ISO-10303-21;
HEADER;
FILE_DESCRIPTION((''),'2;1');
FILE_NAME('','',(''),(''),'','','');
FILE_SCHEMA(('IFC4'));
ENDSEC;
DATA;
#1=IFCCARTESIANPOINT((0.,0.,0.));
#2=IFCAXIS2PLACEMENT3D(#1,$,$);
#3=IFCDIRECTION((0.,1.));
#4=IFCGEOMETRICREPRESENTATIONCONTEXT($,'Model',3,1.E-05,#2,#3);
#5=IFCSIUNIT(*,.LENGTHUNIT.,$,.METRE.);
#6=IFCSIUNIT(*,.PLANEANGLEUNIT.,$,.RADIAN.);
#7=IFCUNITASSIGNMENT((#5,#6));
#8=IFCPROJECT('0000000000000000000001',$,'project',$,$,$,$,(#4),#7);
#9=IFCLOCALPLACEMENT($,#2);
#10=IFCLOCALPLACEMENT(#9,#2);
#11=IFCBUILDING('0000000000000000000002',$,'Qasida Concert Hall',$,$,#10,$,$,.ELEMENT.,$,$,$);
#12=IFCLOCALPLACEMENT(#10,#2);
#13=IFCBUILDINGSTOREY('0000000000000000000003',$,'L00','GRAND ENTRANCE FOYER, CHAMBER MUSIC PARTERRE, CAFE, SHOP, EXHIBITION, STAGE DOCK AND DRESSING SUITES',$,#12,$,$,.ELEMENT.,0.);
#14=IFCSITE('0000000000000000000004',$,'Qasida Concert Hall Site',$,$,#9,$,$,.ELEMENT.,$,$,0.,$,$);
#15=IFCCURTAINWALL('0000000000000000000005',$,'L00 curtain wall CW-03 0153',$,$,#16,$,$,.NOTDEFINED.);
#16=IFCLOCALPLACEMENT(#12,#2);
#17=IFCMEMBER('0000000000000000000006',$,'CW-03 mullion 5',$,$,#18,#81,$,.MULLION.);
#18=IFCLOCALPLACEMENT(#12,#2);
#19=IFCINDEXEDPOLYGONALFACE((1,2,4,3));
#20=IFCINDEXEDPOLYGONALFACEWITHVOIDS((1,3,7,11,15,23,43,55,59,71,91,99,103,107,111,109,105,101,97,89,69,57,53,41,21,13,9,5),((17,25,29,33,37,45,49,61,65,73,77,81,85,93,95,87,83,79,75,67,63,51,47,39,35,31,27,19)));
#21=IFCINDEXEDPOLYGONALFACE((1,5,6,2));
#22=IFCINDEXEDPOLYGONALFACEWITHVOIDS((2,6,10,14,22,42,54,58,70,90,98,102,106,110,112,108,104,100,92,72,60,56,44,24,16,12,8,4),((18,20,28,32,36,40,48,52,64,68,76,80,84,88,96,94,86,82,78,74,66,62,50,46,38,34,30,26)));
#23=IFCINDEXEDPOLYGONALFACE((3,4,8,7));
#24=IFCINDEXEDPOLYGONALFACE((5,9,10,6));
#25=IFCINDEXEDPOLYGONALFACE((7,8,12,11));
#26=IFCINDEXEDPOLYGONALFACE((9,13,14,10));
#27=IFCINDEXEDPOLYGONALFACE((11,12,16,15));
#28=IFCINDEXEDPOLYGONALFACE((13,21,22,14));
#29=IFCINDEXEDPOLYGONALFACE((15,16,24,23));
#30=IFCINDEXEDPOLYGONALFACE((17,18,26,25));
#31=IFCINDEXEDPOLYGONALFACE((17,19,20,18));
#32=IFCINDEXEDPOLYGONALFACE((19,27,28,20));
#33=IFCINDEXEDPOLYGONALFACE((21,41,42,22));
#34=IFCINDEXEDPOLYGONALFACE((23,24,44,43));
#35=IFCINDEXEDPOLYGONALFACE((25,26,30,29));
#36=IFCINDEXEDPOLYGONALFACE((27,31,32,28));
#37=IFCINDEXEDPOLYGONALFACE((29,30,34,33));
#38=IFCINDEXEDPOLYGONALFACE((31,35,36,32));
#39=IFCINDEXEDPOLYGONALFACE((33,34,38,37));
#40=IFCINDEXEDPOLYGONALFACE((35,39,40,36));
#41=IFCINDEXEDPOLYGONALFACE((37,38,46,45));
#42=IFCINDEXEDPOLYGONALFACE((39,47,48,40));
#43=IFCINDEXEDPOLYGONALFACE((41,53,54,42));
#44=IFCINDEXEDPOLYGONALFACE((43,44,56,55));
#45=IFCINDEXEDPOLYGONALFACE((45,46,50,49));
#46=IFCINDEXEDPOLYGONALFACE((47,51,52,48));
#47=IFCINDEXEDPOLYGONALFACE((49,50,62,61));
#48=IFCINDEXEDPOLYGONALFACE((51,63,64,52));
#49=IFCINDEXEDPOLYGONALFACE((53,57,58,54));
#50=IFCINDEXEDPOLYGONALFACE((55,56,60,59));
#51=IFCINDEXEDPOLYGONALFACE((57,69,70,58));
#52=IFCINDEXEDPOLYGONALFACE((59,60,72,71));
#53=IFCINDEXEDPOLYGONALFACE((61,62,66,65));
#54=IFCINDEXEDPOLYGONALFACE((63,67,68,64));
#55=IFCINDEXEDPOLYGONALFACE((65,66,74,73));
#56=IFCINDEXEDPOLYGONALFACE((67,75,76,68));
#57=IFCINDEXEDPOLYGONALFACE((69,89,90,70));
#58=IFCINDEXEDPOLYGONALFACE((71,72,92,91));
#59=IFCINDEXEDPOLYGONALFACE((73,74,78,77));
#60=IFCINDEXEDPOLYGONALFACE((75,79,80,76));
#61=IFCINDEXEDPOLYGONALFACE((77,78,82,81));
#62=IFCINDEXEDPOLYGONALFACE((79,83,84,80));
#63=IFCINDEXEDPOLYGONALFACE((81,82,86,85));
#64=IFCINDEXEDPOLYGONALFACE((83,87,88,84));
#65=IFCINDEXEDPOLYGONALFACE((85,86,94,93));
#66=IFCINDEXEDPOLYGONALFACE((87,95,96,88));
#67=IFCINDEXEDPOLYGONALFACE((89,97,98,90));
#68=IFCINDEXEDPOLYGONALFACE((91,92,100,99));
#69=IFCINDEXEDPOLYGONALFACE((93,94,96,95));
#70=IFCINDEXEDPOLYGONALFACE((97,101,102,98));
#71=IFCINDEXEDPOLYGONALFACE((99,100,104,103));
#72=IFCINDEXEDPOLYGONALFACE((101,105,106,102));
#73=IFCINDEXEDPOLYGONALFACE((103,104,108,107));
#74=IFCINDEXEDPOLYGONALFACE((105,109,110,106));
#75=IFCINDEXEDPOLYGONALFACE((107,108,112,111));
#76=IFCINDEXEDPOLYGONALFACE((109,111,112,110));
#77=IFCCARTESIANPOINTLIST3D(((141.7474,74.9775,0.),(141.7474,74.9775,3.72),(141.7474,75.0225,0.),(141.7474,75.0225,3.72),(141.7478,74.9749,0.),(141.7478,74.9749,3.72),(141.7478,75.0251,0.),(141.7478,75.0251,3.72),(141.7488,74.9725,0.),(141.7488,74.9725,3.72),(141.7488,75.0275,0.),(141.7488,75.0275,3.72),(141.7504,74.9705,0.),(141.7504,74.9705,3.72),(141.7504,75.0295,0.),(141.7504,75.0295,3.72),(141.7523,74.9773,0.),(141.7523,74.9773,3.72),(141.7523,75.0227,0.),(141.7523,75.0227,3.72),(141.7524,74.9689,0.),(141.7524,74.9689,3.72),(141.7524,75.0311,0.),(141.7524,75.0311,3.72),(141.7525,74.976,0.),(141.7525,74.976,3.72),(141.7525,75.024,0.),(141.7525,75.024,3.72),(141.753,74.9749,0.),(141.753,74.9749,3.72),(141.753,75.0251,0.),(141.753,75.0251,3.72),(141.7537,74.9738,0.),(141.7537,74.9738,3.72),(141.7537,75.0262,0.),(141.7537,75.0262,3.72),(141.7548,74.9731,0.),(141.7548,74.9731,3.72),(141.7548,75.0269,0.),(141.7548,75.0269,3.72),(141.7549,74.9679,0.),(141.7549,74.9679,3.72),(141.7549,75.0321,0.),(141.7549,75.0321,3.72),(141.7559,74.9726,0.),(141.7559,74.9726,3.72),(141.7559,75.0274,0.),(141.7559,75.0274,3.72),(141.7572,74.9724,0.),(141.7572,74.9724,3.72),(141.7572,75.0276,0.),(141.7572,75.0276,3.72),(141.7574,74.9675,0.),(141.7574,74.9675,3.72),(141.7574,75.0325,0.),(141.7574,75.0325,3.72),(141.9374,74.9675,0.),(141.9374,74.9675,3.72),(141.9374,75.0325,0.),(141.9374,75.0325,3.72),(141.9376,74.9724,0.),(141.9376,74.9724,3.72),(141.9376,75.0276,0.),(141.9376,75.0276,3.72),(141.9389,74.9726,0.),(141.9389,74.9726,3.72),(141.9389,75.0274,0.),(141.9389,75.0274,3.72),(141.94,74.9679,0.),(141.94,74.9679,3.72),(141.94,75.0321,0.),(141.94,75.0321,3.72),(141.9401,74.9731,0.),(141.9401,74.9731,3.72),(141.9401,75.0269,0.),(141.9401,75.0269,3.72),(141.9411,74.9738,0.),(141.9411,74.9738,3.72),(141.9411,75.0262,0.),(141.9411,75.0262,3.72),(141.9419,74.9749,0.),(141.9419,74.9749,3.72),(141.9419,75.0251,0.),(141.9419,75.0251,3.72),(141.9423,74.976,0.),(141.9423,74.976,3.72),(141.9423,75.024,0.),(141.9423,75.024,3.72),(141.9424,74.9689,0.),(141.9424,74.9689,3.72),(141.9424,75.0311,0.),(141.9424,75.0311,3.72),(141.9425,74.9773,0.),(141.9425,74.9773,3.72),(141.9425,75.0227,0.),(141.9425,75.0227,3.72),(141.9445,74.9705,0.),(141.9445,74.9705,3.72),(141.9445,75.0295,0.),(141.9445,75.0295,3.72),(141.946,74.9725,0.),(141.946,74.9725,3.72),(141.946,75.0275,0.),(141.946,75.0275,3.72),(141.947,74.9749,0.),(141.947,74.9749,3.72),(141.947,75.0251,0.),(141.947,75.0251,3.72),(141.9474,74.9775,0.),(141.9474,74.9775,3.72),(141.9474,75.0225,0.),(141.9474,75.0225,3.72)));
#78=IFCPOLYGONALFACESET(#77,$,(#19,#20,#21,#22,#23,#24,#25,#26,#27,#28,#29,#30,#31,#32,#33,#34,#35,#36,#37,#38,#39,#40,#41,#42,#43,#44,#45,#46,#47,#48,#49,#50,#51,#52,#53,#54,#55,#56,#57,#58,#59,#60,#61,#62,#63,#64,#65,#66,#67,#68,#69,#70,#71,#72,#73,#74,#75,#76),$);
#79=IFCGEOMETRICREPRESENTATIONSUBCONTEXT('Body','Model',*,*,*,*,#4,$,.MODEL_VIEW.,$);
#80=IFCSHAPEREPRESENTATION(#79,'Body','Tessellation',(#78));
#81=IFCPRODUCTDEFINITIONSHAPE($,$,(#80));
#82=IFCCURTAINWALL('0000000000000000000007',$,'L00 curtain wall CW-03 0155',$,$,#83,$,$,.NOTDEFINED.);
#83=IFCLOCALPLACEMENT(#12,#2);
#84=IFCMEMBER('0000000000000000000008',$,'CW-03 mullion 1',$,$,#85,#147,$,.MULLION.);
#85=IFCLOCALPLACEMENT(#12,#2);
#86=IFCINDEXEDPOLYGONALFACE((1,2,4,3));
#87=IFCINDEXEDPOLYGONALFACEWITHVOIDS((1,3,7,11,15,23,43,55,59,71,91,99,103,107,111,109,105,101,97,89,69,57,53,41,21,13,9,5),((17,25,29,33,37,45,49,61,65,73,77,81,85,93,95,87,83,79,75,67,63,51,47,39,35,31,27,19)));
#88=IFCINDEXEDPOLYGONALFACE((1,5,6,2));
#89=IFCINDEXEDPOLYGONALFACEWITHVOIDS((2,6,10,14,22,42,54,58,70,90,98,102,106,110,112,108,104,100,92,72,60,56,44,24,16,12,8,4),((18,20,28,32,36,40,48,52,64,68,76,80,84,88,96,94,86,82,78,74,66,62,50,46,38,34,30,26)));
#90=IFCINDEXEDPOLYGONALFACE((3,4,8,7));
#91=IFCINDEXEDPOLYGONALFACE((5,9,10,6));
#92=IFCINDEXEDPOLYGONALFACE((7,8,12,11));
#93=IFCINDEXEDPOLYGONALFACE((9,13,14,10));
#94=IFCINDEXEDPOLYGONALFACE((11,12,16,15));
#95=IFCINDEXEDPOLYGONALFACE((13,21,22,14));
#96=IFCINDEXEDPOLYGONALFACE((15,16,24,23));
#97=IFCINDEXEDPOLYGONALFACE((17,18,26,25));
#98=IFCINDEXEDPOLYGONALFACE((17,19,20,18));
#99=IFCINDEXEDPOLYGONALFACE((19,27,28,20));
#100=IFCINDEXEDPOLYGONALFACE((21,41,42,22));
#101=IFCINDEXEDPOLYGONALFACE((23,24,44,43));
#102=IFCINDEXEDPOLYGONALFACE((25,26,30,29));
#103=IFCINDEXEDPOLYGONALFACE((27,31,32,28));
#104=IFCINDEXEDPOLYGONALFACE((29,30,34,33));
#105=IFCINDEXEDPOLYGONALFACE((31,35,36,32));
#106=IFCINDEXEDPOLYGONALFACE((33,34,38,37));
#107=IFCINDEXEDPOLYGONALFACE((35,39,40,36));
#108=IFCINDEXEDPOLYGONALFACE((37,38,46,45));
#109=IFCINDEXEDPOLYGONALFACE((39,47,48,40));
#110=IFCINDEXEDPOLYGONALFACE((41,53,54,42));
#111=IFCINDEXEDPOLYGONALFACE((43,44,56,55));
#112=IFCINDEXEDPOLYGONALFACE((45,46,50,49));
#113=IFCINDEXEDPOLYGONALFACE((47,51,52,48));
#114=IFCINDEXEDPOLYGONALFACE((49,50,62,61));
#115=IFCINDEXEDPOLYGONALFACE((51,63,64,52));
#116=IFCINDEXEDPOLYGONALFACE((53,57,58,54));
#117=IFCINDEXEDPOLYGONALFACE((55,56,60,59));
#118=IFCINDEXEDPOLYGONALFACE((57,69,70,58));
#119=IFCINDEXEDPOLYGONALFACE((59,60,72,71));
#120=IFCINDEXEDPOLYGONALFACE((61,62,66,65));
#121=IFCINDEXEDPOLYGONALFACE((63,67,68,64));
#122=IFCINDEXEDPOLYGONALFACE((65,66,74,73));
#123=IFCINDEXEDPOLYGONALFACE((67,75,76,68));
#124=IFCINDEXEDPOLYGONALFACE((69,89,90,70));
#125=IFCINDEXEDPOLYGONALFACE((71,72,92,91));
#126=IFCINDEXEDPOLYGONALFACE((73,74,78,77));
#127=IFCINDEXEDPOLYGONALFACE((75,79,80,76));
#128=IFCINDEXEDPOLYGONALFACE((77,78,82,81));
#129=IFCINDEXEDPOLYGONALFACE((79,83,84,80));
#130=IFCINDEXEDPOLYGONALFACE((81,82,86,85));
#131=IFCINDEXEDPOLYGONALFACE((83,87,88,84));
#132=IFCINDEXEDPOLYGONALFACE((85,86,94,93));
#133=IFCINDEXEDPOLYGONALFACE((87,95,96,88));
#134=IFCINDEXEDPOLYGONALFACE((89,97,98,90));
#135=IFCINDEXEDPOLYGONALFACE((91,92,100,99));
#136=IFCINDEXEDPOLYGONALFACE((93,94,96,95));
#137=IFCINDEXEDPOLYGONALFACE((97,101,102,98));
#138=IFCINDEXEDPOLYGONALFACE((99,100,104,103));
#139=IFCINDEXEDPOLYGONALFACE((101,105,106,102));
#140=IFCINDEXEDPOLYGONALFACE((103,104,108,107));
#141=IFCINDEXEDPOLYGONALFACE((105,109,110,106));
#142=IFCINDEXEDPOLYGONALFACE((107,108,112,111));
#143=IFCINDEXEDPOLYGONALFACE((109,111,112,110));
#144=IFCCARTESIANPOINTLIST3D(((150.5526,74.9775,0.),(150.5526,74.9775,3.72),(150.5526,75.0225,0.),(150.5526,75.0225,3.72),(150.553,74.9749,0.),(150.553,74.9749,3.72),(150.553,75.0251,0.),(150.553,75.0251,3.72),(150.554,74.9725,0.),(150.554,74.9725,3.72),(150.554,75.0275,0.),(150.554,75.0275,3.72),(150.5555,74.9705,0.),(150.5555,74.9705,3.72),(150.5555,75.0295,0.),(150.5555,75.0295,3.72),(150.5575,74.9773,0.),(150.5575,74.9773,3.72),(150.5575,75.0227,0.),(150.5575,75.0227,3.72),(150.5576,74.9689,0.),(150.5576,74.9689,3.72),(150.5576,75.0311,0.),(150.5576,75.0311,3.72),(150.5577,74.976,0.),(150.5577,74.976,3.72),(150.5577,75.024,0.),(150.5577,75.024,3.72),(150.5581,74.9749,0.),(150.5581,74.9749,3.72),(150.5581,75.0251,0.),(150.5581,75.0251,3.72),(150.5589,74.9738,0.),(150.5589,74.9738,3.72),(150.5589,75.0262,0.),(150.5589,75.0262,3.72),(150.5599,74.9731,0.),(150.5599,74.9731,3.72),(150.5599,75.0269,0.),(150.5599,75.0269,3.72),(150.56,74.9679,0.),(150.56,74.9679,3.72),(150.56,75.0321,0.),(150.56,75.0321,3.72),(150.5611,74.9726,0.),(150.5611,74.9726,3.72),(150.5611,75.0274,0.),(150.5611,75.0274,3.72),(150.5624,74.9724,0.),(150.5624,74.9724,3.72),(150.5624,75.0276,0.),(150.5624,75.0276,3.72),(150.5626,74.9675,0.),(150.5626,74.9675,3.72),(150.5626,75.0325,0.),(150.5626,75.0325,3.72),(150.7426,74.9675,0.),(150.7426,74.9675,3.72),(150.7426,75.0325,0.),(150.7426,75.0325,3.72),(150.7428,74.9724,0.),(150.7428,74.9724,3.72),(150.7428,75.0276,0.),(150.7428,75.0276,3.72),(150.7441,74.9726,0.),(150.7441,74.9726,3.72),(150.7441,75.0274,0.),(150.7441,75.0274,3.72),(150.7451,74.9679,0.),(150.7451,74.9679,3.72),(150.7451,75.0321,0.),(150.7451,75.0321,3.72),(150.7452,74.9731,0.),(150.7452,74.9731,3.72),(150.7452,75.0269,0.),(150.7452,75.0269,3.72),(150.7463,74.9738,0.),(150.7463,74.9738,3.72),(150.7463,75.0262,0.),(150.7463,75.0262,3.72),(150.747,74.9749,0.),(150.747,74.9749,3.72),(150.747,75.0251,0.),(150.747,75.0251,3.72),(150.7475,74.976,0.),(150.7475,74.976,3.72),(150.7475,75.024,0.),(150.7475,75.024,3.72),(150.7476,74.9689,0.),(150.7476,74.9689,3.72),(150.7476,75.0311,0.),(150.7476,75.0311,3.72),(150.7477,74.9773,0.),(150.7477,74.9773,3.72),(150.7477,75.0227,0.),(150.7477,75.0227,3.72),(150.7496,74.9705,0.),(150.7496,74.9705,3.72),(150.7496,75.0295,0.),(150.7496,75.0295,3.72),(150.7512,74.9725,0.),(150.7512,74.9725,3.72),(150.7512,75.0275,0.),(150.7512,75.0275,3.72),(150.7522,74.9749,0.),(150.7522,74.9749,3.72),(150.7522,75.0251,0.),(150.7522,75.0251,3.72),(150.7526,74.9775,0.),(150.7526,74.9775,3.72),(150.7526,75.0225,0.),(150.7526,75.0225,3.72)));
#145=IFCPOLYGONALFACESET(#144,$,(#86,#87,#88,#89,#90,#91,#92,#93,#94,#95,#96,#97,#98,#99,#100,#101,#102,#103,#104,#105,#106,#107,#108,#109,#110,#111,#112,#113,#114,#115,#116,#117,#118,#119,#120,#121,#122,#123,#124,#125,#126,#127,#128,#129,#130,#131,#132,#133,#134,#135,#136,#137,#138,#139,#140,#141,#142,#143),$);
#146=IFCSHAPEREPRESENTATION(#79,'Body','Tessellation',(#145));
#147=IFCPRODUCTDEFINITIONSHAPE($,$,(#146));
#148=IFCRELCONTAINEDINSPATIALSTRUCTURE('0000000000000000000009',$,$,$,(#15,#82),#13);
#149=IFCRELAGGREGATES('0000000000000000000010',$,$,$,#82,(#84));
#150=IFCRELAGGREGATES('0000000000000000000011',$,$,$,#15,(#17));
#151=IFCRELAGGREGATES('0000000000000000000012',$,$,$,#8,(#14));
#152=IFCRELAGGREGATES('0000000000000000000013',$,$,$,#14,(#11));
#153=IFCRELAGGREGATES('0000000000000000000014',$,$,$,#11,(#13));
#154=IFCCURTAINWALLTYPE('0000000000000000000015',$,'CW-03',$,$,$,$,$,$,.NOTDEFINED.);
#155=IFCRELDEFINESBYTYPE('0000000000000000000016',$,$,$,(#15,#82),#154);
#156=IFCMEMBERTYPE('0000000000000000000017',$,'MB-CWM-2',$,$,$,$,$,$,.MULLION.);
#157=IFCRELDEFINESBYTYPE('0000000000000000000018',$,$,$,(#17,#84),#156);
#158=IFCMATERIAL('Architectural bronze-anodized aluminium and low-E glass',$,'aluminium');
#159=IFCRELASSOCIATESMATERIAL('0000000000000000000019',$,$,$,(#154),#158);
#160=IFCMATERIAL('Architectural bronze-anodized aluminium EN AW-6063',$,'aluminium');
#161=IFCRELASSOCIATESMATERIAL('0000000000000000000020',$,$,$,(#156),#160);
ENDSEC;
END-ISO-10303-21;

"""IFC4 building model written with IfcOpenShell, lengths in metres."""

from ifc_helpers import new_model, si_unit, direction, frame, origin, origin_2d, place, context, subcontext, project, spatial, hollow_rectangle, extrude, material, material_profile, profile_set, type_object, element, aggregate, save


model = new_model("IFC4")

# Units and contexts
model_context = context("Model", 3, precision=1e-05, world=origin(), true_north=direction((0.0, 1.0)))
body_context = subcontext(model_context, "Body", "Model", "MODEL_VIEW")
ifc_project = project(units=[si_unit("LENGTHUNIT", "METRE"), si_unit("PLANEANGLEUNIT", "RADIAN")], contexts=[model_context])

# Site, building, storey
site_placement = place(None, origin())
site = spatial("IfcSite", under=ifc_project, at=site_placement, Name="Qasida Concert Hall Site", CompositionType="ELEMENT", RefElevation=0.0)
building_placement = place(site_placement, origin())
building = spatial("IfcBuilding", under=site, at=building_placement, Name="Qasida Concert Hall", CompositionType="ELEMENT")
storey_placement = place(building_placement, origin())
storey = spatial("IfcBuildingStorey", under=building, at=storey_placement, Name="L00", Description="GRAND ENTRANCE FOYER, CHAMBER MUSIC PARTERRE, CAFE, SHOP, EXHIBITION, STAGE DOCK AND DRESSING SUITES", CompositionType="ELEMENT", Elevation=0.0)

# Curtain wall, member
ifc_material_1 = material(Name="Architectural bronze-anodized aluminium and low-E glass", Category="aluminium")
curtain_wall_type = type_object("IfcCurtainWallType", Name="CW-03", PredefinedType="NOTDEFINED", material=ifc_material_1)
curtain_wall_1_placement = place(storey_placement, origin())
curtain_wall_1 = element("IfcCurtainWall", 1, at=curtain_wall_1_placement, inside=storey, type_object=curtain_wall_type, Name="L00 curtain wall CW-03 0153", PredefinedType="NOTDEFINED")
ifc_material_2 = material(Name="Architectural bronze-anodized aluminium EN AW-6063", Category="aluminium")
ifc_material_profile_1 = material_profile(ifc_material_2, hollow_rectangle(XDim=0.0649, YDim=0.2, WallThickness=0.0049, InnerFilletRadius=0.0049, OuterFilletRadius=0.01, at=origin_2d()), Name="CWM 200x65x5")
ifc_profile_set_1 = profile_set([ifc_material_profile_1], Name="Architectural bronze-anodized aluminium EN AW-6063")
member_type_1 = type_object("IfcMemberType", Name="MB-CWM-2", PredefinedType="MULLION", material=ifc_profile_set_1)
member_1_placement = place(storey_placement, frame((141.8474, 75.0, 0.0), z_axis=(0.0, 0.0, 1.0), x_axis=(0.0, 1.0, 0.0)))
member_1 = element("IfcMember", 2, at=member_1_placement, type_object=member_type_1, Name="CW-03 mullion 5", PredefinedType="MULLION", context=body_context, shape_type="SweptSolid", body=[
    extrude(hollow_rectangle(XDim=0.0649, YDim=0.2, WallThickness=0.0049, InnerFilletRadius=0.0049, OuterFilletRadius=0.01, at=origin_2d()), origin(), (0.0, 0.0, 1.0), 3.72),
])

# Curtain wall, member
curtain_wall_2_placement = place(storey_placement, origin())
curtain_wall_2 = element("IfcCurtainWall", 3, at=curtain_wall_2_placement, inside=storey, type_object=curtain_wall_type, Name="L00 curtain wall CW-03 0155", PredefinedType="NOTDEFINED")
member_2_placement = place(storey_placement, frame((150.6526, 75.0, 0.0), z_axis=(0.0, 0.0, 1.0), x_axis=(0.0, 1.0, 0.0)))
member_2 = element("IfcMember", 4, at=member_2_placement, type_object=member_type_1, Name="CW-03 mullion 1", PredefinedType="MULLION", context=body_context, shape_type="SweptSolid", body=[
    extrude(hollow_rectangle(XDim=0.0649, YDim=0.2, WallThickness=0.0049, InnerFilletRadius=0.0049, OuterFilletRadius=0.01, at=origin_2d()), origin(), (0.0, 0.0, 1.0), 3.72),
])
aggregate(curtain_wall_2, [member_2])

aggregate(curtain_wall_1, [member_1])

save(model, "model.ifc")
